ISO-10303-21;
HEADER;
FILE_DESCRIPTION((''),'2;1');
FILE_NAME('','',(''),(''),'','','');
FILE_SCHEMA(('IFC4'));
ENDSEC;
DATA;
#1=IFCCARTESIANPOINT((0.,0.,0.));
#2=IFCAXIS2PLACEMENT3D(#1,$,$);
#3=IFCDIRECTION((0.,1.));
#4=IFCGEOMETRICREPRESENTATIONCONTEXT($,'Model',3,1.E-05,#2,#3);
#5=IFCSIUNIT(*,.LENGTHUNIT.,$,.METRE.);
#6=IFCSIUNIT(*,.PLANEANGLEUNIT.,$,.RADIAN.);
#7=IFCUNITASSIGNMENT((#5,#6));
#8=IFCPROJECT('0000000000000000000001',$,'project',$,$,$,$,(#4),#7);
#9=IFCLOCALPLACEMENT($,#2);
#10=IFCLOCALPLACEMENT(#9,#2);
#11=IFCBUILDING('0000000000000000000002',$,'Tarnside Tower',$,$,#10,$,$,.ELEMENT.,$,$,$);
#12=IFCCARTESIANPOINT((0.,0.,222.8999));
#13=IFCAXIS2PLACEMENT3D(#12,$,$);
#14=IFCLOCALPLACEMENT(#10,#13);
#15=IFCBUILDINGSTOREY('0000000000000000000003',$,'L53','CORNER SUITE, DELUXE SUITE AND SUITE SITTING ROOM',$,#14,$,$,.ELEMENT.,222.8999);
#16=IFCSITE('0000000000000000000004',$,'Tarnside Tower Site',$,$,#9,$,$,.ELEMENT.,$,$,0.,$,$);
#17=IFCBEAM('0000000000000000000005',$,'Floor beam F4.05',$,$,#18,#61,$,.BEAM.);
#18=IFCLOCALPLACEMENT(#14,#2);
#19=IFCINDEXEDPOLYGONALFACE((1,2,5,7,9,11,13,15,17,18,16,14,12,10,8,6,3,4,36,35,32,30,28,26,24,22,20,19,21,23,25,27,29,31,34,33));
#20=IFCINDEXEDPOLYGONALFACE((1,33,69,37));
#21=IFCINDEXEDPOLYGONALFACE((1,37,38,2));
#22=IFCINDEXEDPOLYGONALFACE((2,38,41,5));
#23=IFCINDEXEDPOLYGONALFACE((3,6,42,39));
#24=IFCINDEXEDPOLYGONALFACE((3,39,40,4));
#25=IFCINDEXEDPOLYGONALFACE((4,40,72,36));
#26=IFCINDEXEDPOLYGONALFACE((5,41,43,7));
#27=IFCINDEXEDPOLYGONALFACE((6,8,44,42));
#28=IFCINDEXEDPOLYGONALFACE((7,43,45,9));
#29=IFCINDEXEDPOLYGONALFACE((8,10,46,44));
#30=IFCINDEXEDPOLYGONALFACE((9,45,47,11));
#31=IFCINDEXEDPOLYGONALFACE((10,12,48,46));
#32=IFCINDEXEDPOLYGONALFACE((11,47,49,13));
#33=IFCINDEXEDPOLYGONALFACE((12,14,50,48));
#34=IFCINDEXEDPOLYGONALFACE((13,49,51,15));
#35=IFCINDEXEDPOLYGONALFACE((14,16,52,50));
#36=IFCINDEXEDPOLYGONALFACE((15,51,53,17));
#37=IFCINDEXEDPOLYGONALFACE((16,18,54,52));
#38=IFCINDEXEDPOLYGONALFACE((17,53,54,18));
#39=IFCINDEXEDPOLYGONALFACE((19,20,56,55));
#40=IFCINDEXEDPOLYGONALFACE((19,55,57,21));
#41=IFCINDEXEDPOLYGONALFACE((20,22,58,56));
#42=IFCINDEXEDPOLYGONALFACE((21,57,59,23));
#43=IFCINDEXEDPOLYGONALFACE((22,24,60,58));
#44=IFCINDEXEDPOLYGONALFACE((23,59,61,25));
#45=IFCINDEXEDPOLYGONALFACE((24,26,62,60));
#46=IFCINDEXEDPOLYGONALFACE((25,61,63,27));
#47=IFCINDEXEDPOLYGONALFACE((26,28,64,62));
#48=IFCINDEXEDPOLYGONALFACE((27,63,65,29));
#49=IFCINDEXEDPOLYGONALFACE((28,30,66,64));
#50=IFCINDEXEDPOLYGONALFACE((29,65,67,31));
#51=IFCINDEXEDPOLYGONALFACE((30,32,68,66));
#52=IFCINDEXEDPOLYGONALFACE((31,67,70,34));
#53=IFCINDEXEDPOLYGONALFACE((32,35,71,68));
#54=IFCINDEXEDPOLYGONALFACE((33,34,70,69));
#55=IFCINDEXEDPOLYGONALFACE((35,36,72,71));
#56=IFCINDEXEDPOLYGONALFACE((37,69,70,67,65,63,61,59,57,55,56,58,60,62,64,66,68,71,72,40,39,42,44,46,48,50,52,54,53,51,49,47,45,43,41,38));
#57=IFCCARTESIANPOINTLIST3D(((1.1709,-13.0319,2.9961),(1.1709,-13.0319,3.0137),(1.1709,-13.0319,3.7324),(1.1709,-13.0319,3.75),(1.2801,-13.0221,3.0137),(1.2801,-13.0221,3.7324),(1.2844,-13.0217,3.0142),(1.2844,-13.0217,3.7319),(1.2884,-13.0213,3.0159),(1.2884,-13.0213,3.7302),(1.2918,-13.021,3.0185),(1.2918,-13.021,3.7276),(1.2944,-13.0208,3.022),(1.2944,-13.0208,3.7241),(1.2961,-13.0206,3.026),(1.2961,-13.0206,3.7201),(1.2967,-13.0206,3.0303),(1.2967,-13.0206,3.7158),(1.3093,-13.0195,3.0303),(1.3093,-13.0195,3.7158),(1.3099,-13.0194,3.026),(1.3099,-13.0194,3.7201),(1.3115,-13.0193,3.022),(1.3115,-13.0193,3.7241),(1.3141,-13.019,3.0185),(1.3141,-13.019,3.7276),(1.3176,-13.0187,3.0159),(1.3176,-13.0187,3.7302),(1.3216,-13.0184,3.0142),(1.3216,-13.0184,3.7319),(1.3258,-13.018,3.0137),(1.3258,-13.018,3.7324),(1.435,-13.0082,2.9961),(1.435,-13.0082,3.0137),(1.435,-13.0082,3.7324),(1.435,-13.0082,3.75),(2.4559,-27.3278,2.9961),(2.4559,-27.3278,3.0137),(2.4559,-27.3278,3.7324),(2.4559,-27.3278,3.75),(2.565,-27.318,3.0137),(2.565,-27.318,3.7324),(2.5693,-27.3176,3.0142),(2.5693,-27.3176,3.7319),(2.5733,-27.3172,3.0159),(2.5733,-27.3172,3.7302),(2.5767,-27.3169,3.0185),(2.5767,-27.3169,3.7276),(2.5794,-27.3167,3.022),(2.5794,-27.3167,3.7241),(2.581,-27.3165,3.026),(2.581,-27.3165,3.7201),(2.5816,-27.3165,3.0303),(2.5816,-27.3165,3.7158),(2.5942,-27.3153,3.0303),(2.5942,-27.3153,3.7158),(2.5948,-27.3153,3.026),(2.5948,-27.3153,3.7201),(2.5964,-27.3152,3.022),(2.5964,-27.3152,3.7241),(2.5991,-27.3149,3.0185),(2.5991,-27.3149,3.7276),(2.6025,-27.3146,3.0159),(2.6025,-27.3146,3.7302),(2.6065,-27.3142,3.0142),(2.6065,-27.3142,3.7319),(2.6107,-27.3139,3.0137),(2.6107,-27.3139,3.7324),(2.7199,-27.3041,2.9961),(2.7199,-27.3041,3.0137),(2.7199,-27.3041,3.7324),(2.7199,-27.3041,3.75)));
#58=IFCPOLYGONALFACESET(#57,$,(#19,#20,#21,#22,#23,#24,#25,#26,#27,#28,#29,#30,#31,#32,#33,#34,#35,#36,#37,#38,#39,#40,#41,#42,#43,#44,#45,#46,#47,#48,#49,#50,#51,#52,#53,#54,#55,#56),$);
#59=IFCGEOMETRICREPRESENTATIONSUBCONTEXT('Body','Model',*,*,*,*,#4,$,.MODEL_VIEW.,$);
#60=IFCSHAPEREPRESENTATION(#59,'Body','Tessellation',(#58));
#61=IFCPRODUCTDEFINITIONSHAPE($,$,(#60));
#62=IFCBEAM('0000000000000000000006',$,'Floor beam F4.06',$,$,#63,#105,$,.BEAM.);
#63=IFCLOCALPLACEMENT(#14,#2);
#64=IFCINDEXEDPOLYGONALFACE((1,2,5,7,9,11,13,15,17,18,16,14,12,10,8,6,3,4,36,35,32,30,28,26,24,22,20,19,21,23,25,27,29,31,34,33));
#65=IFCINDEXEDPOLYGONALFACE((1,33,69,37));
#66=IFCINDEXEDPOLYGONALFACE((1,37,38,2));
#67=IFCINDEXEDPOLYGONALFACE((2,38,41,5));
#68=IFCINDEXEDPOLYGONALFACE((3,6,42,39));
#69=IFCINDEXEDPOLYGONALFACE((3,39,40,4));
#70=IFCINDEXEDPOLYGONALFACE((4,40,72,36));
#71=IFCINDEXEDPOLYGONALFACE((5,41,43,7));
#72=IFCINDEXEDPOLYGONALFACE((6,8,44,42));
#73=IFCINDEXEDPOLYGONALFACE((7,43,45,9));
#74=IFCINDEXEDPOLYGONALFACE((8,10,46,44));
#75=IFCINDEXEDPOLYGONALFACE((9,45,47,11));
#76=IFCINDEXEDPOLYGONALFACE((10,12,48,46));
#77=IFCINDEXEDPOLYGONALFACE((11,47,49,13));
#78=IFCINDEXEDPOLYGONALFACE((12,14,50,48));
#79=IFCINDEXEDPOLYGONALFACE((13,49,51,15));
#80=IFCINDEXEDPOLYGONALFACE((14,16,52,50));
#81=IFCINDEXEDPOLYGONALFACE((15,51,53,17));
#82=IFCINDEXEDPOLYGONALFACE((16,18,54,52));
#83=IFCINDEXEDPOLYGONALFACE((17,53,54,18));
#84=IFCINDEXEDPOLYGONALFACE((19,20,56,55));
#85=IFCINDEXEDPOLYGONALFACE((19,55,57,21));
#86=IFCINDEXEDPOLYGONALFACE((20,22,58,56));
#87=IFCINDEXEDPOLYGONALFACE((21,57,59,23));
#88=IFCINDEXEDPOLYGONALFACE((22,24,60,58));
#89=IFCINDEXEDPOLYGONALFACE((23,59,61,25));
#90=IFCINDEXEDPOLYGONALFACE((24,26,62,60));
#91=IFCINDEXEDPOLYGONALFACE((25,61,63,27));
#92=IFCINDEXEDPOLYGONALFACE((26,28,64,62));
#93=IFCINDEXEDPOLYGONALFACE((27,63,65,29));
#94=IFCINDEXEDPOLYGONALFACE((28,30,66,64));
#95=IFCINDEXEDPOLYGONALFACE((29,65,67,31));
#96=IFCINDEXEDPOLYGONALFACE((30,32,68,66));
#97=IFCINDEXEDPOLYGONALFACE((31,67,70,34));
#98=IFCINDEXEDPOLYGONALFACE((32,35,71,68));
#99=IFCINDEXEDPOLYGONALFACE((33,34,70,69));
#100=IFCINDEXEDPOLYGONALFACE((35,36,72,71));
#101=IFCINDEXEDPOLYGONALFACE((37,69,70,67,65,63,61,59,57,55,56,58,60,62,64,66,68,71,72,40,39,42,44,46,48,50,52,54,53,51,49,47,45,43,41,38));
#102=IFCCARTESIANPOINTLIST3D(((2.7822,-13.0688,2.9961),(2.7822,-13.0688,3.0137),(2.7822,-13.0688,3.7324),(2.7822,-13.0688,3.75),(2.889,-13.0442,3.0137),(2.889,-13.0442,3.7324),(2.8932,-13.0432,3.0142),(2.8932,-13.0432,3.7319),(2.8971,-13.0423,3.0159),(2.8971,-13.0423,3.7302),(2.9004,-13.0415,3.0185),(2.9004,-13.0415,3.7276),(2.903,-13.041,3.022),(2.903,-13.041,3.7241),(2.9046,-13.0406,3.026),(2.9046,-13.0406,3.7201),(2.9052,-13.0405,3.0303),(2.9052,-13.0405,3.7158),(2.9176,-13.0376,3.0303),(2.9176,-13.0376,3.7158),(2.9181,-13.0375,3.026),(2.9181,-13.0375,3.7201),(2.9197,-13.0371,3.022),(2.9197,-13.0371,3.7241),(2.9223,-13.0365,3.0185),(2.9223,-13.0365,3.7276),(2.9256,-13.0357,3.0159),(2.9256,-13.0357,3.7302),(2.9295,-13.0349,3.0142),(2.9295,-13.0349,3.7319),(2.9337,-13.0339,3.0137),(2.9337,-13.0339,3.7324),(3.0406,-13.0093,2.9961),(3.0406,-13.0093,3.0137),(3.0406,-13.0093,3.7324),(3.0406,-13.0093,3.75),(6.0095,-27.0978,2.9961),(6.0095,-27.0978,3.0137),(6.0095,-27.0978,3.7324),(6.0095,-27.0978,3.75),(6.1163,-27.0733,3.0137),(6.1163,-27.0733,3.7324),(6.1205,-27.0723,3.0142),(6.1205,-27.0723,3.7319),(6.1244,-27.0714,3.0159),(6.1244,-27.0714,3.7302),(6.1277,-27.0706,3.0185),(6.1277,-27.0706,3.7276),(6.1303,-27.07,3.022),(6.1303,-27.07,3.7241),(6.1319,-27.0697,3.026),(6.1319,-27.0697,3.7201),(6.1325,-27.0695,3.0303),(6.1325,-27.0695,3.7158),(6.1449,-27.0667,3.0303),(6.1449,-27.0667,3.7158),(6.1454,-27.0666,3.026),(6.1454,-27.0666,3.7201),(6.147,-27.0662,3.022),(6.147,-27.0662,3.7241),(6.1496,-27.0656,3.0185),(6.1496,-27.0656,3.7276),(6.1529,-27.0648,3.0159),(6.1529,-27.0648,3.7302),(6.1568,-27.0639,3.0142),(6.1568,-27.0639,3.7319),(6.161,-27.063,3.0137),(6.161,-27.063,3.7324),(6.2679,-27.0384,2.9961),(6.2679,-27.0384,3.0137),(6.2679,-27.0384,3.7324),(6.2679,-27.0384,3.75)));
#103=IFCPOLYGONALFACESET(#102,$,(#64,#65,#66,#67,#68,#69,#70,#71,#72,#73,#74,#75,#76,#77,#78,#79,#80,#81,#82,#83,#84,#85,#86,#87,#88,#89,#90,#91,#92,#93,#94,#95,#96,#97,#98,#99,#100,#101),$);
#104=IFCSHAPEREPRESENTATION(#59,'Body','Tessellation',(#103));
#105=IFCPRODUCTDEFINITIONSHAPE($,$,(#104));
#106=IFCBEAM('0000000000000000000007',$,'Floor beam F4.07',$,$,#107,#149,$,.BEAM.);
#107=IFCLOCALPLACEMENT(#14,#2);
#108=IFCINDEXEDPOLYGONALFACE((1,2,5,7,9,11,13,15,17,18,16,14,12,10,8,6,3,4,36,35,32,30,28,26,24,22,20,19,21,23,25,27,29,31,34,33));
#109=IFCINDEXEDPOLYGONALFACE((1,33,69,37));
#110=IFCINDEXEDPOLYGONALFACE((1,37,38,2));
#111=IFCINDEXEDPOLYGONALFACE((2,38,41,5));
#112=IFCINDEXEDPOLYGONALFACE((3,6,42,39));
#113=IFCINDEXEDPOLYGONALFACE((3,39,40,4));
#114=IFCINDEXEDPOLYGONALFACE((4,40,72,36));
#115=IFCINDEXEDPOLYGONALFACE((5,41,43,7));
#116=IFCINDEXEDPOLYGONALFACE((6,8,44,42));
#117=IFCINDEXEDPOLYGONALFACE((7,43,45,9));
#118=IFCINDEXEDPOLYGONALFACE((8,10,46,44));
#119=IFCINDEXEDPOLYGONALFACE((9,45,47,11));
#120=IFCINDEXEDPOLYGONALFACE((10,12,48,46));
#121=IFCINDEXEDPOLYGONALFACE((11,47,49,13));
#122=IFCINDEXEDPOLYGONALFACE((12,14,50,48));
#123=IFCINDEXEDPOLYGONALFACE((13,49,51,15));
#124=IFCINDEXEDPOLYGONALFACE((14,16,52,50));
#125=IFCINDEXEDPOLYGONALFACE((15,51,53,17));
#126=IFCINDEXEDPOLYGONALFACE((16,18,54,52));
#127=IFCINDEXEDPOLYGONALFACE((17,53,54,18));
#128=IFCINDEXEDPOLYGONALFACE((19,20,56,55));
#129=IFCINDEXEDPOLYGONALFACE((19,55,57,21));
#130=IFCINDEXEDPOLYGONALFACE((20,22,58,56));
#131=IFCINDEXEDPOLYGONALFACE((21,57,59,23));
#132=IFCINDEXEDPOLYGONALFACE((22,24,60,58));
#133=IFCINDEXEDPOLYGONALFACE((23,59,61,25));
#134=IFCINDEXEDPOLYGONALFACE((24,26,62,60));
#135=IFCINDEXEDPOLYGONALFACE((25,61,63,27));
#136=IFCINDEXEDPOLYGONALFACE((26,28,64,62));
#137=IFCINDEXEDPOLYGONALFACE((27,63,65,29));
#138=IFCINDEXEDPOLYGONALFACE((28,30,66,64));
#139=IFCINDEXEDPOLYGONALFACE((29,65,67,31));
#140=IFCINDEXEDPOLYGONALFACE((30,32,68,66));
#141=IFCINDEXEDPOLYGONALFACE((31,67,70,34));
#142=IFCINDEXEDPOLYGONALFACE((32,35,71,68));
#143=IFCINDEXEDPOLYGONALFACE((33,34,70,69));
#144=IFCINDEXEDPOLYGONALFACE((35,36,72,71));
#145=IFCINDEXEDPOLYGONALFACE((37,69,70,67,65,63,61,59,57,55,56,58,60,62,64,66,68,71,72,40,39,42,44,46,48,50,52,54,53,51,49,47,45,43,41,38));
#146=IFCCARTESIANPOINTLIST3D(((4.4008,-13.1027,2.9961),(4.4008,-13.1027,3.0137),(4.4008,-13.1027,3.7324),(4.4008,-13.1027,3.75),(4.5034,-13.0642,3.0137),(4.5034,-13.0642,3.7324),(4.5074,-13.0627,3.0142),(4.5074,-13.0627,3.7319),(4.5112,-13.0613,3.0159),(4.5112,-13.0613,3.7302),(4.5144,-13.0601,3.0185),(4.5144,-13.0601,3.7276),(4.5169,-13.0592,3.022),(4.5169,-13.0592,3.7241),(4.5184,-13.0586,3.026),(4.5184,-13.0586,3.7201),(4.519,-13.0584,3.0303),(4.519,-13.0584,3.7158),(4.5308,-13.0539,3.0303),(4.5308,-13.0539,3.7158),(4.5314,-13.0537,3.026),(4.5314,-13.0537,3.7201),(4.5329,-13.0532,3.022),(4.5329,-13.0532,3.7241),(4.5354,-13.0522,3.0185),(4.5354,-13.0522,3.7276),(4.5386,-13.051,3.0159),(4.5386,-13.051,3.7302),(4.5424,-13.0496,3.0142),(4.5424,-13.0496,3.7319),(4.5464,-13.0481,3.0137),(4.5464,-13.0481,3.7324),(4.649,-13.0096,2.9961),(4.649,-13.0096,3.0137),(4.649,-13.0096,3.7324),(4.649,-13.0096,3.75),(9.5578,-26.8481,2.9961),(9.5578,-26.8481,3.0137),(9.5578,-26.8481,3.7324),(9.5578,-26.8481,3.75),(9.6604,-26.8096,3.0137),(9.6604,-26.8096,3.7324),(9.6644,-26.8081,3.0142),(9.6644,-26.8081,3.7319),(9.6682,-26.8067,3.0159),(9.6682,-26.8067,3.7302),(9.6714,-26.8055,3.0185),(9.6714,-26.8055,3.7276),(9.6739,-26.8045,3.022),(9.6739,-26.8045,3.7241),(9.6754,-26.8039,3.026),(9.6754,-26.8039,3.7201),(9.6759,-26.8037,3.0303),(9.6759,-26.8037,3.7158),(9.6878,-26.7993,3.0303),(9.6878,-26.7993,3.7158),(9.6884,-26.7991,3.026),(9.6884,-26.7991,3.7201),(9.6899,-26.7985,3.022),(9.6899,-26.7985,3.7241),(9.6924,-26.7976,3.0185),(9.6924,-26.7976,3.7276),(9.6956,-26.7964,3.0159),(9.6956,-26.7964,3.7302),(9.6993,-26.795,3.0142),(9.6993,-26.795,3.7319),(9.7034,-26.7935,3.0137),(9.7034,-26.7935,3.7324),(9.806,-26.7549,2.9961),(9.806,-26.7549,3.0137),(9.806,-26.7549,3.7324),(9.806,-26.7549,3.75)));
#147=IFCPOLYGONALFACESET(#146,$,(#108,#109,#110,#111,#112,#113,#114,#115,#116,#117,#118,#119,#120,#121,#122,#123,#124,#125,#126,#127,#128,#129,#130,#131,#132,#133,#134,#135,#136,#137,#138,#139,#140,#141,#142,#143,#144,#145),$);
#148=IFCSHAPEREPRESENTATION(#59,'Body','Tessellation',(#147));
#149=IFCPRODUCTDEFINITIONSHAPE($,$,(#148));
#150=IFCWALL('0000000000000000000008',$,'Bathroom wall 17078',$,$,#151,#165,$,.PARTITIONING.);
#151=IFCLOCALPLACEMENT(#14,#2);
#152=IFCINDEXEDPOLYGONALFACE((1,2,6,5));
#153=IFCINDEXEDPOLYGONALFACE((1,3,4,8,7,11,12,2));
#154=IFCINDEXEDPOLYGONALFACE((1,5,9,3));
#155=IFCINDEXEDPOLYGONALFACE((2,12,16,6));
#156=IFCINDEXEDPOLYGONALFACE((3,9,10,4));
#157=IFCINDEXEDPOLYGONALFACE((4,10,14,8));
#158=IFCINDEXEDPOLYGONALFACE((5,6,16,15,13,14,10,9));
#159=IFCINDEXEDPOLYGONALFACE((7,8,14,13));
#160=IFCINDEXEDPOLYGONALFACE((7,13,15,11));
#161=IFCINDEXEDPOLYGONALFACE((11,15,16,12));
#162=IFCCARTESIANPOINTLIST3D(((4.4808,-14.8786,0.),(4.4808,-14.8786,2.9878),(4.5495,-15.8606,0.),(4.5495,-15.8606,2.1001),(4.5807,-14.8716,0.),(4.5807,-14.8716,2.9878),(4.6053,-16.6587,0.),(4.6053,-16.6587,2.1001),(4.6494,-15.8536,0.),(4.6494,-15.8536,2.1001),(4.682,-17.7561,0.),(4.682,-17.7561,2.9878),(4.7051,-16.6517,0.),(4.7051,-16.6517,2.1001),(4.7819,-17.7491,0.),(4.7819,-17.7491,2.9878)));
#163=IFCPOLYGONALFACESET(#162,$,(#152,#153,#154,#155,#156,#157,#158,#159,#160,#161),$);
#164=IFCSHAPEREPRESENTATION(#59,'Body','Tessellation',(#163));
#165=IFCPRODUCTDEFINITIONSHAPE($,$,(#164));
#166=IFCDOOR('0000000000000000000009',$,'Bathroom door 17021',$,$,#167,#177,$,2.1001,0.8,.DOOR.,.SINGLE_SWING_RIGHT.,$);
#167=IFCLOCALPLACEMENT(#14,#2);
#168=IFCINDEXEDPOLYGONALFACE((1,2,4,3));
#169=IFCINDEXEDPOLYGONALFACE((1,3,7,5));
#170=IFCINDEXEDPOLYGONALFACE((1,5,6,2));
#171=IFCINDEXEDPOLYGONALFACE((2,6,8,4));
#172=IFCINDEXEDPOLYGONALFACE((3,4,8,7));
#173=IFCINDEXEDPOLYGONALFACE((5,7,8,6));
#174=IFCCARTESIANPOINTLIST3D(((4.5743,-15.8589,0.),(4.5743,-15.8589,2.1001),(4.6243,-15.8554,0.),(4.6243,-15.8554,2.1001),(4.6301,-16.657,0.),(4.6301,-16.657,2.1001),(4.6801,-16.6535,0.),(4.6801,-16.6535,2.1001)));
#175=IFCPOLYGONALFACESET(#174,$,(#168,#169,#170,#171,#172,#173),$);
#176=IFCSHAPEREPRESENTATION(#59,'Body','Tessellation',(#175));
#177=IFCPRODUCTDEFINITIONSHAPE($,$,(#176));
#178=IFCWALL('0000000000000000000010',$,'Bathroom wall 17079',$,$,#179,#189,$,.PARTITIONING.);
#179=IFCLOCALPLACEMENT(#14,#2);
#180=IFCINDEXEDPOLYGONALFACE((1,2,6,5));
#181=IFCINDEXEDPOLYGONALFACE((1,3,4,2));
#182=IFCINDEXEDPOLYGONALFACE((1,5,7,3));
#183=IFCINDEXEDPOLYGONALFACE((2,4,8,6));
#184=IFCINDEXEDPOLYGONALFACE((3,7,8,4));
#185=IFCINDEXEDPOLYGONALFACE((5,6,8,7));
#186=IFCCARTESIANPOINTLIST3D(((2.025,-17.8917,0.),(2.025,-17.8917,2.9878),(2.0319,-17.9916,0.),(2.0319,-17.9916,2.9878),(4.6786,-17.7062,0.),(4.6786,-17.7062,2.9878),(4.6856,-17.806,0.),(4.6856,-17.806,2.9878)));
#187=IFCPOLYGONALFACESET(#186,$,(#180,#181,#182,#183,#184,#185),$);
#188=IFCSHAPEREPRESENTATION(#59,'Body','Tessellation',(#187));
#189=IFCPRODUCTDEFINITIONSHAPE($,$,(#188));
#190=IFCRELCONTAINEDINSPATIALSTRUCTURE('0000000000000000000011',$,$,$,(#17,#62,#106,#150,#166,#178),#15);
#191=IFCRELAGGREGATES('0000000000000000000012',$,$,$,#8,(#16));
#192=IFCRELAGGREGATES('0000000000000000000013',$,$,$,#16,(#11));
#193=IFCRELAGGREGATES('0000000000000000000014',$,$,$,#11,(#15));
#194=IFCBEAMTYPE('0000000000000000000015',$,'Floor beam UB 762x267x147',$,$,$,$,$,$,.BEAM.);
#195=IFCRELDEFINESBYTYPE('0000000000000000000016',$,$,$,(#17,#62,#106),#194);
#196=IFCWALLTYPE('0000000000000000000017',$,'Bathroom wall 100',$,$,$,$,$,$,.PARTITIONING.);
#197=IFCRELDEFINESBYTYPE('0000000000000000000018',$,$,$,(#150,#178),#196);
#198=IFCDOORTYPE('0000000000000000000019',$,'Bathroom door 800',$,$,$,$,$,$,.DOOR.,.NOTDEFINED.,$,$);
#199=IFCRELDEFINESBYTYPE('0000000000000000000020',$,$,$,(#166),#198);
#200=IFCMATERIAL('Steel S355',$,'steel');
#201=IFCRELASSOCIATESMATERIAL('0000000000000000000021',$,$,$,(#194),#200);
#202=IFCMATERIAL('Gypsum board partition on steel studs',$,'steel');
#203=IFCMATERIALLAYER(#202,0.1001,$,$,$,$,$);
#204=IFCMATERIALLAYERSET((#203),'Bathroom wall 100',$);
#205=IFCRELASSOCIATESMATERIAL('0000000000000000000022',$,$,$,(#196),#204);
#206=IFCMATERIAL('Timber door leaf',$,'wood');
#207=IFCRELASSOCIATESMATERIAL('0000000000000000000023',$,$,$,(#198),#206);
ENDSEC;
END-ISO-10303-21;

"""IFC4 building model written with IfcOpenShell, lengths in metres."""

from ifc_helpers import new_model, si_unit, direction, frame, frame_2d, origin, origin_2d, place, context, subcontext, project, spatial, rectangle, i_section, extrude, material, layer, layer_set, material_profile, profile_set, type_object, element, fill, save


model = new_model("IFC4")

# Units and contexts
model_context = context("Model", 3, precision=1e-05, world=origin(), true_north=direction((0.0, 1.0)))
body_context = subcontext(model_context, "Body", "Model", "MODEL_VIEW")
ifc_project = project(units=[si_unit("LENGTHUNIT", "METRE"), si_unit("PLANEANGLEUNIT", "RADIAN")], contexts=[model_context])

# Site, building, storey
site_placement = place(None, origin())
site = spatial("IfcSite", under=ifc_project, at=site_placement, Name="Tarnside Tower Site", CompositionType="ELEMENT", RefElevation=0.0)
building_placement = place(site_placement, origin())
building = spatial("IfcBuilding", under=site, at=building_placement, Name="Tarnside Tower", CompositionType="ELEMENT")
storey_placement = place(building_placement, frame((0.0, 0.0, 222.8999)))
storey = spatial("IfcBuildingStorey", under=building, at=storey_placement, Name="L53", Description="CORNER SUITE, DELUXE SUITE AND SUITE SITTING ROOM", CompositionType="ELEMENT", Elevation=222.8999)

# Beams
ifc_material_1 = material(Name="Steel S355", Category="steel")
ifc_material_profile = material_profile(ifc_material_1, i_section(OverallWidth=0.2651, OverallDepth=0.7539, WebThickness=0.0127, FlangeThickness=0.0176, FilletRadius=0.0166, at=origin_2d()), Name="UB 762x267x147")
ifc_profile_set = profile_set([ifc_material_profile], Name="Steel S355")
beam_type = type_object("IfcBeamType", Name="Floor beam UB 762x267x147", PredefinedType="BEAM", material=ifc_profile_set)
beam_1_placement = place(storey_placement, frame((2.5879, -27.3159, 3.373), z_axis=(-0.089519, 0.995985, 0.0), x_axis=(-0.995985, -0.089519, 0.0)))
element("IfcBeam", 1, at=beam_1_placement, inside=storey, type_object=beam_type, Name="Floor beam F4.05", PredefinedType="BEAM", context=body_context, shape_type="SweptSolid", body=[
    extrude(i_section(OverallWidth=0.2651, OverallDepth=0.7539, WebThickness=0.0127, FlangeThickness=0.0176, FilletRadius=0.0166, at=origin_2d()), origin(), (0.0, 0.0, 1.0), 14.3535),
])
beam_2_placement = place(storey_placement, frame((6.1387, -27.0681, 3.373), z_axis=(-0.224188, 0.974546, 0.0), x_axis=(-0.974546, -0.224188, 0.0)))
element("IfcBeam", 2, at=beam_2_placement, inside=storey, type_object=beam_type, Name="Floor beam F4.06", PredefinedType="BEAM", context=body_context, shape_type="SweptSolid", body=[
    extrude(i_section(OverallWidth=0.2651, OverallDepth=0.7539, WebThickness=0.0127, FlangeThickness=0.0176, FilletRadius=0.0166, at=origin_2d()), origin(), (0.0, 0.0, 1.0), 14.3955),
])
beam_3_placement = place(storey_placement, frame((9.6819, -26.8015, 3.373), z_axis=(-0.351271, 0.936274, 0.0), x_axis=(-0.936274, -0.351271, 0.0)))
element("IfcBeam", 3, at=beam_3_placement, inside=storey, type_object=beam_type, Name="Floor beam F4.07", PredefinedType="BEAM", context=body_context, shape_type="SweptSolid", body=[
    extrude(i_section(OverallWidth=0.2651, OverallDepth=0.7539, WebThickness=0.0127, FlangeThickness=0.0176, FilletRadius=0.0166, at=origin_2d()), origin(), (0.0, 0.0, 1.0), 14.6809),
])

# Wall, opening, door
ifc_material_2 = material(Name="Gypsum board partition on steel studs", Category="steel")
ifc_layer_1 = layer(ifc_material_2, 0.1001)
ifc_layer_set_1 = layer_set([ifc_layer_1], Name="Bathroom wall 100")
wall_type_1 = type_object("IfcWallType", Name="Bathroom wall 100", PredefinedType="PARTITIONING", material=ifc_layer_set_1)
wall_1_placement = place(storey_placement, frame((4.5308, -14.875, 0.0), z_axis=(0.0, 0.0, 1.0), x_axis=(0.069743, -0.997565, 0.0)))
wall_1 = element("IfcWall", 4, at=wall_1_placement, inside=storey, type_object=wall_type_1, Name="Bathroom wall 17078", PredefinedType="PARTITIONING", context=body_context, shape_type="SweptSolid", body=[
    extrude(rectangle(XDim=2.8845, YDim=0.1001, at=frame_2d((1.4424, 0.0))), origin(), (0.0, 0.0, 1.0), 2.9878),
])
opening_1_placement = place(wall_1_placement, frame((0.9846, 0.0, 0.0)))
opening_1 = element("IfcOpeningElement", 5, at=opening_1_placement, cuts=wall_1, PredefinedType="OPENING", context=body_context, shape_type="SweptSolid", body=[
    extrude(rectangle(XDim=0.8, YDim=2.1001, at=frame_2d((0.3999, 1.05))), frame((0.0, 0.0601, 0.0), z_axis=(0.0, -1.0, 0.0), x_axis=(1.0, 0.0, 0.0)), (0.0, 0.0, 1.0), 0.1201),
])
ifc_material_3 = material(Name="Timber door leaf", Category="wood")
door_type_1 = type_object("IfcDoorType", Name="Bathroom door 800", OperationType="NOTDEFINED", PredefinedType="DOOR", material=ifc_material_3)
door_1_placement = place(opening_1_placement, origin())
door_1 = element("IfcDoor", 6, at=door_1_placement, inside=storey, type_object=door_type_1, Name="Bathroom door 17021", OperationType="SINGLE_SWING_RIGHT", OverallHeight=2.1001, OverallWidth=0.8, PredefinedType="DOOR", context=body_context, shape_type="SweptSolid", body=[
    extrude(rectangle(XDim=0.8, YDim=2.1001, at=frame_2d((0.3999, 1.05))), frame((0.0, 0.0249, 0.0), z_axis=(0.0, -1.0, 0.0), x_axis=(1.0, 0.0, 0.0)), (0.0, 0.0, 1.0), 0.05),
])
fill(opening_1, door_1)

# Wall
wall_2_placement = place(storey_placement, frame((4.6821, -17.7561, 0.0), z_axis=(0.0, 0.0, 1.0), x_axis=(-0.997564, -0.069753, 0.0)))
element("IfcWall", 7, at=wall_2_placement, inside=storey, type_object=wall_type_1, Name="Bathroom wall 17079", PredefinedType="PARTITIONING", context=body_context, shape_type="SweptSolid", body=[
    extrude(rectangle(XDim=2.6602, YDim=0.1001, at=frame_2d((1.3301, 0.0))), origin(), (0.0, 0.0, 1.0), 2.9878),
])

save(model, "model.ifc")
